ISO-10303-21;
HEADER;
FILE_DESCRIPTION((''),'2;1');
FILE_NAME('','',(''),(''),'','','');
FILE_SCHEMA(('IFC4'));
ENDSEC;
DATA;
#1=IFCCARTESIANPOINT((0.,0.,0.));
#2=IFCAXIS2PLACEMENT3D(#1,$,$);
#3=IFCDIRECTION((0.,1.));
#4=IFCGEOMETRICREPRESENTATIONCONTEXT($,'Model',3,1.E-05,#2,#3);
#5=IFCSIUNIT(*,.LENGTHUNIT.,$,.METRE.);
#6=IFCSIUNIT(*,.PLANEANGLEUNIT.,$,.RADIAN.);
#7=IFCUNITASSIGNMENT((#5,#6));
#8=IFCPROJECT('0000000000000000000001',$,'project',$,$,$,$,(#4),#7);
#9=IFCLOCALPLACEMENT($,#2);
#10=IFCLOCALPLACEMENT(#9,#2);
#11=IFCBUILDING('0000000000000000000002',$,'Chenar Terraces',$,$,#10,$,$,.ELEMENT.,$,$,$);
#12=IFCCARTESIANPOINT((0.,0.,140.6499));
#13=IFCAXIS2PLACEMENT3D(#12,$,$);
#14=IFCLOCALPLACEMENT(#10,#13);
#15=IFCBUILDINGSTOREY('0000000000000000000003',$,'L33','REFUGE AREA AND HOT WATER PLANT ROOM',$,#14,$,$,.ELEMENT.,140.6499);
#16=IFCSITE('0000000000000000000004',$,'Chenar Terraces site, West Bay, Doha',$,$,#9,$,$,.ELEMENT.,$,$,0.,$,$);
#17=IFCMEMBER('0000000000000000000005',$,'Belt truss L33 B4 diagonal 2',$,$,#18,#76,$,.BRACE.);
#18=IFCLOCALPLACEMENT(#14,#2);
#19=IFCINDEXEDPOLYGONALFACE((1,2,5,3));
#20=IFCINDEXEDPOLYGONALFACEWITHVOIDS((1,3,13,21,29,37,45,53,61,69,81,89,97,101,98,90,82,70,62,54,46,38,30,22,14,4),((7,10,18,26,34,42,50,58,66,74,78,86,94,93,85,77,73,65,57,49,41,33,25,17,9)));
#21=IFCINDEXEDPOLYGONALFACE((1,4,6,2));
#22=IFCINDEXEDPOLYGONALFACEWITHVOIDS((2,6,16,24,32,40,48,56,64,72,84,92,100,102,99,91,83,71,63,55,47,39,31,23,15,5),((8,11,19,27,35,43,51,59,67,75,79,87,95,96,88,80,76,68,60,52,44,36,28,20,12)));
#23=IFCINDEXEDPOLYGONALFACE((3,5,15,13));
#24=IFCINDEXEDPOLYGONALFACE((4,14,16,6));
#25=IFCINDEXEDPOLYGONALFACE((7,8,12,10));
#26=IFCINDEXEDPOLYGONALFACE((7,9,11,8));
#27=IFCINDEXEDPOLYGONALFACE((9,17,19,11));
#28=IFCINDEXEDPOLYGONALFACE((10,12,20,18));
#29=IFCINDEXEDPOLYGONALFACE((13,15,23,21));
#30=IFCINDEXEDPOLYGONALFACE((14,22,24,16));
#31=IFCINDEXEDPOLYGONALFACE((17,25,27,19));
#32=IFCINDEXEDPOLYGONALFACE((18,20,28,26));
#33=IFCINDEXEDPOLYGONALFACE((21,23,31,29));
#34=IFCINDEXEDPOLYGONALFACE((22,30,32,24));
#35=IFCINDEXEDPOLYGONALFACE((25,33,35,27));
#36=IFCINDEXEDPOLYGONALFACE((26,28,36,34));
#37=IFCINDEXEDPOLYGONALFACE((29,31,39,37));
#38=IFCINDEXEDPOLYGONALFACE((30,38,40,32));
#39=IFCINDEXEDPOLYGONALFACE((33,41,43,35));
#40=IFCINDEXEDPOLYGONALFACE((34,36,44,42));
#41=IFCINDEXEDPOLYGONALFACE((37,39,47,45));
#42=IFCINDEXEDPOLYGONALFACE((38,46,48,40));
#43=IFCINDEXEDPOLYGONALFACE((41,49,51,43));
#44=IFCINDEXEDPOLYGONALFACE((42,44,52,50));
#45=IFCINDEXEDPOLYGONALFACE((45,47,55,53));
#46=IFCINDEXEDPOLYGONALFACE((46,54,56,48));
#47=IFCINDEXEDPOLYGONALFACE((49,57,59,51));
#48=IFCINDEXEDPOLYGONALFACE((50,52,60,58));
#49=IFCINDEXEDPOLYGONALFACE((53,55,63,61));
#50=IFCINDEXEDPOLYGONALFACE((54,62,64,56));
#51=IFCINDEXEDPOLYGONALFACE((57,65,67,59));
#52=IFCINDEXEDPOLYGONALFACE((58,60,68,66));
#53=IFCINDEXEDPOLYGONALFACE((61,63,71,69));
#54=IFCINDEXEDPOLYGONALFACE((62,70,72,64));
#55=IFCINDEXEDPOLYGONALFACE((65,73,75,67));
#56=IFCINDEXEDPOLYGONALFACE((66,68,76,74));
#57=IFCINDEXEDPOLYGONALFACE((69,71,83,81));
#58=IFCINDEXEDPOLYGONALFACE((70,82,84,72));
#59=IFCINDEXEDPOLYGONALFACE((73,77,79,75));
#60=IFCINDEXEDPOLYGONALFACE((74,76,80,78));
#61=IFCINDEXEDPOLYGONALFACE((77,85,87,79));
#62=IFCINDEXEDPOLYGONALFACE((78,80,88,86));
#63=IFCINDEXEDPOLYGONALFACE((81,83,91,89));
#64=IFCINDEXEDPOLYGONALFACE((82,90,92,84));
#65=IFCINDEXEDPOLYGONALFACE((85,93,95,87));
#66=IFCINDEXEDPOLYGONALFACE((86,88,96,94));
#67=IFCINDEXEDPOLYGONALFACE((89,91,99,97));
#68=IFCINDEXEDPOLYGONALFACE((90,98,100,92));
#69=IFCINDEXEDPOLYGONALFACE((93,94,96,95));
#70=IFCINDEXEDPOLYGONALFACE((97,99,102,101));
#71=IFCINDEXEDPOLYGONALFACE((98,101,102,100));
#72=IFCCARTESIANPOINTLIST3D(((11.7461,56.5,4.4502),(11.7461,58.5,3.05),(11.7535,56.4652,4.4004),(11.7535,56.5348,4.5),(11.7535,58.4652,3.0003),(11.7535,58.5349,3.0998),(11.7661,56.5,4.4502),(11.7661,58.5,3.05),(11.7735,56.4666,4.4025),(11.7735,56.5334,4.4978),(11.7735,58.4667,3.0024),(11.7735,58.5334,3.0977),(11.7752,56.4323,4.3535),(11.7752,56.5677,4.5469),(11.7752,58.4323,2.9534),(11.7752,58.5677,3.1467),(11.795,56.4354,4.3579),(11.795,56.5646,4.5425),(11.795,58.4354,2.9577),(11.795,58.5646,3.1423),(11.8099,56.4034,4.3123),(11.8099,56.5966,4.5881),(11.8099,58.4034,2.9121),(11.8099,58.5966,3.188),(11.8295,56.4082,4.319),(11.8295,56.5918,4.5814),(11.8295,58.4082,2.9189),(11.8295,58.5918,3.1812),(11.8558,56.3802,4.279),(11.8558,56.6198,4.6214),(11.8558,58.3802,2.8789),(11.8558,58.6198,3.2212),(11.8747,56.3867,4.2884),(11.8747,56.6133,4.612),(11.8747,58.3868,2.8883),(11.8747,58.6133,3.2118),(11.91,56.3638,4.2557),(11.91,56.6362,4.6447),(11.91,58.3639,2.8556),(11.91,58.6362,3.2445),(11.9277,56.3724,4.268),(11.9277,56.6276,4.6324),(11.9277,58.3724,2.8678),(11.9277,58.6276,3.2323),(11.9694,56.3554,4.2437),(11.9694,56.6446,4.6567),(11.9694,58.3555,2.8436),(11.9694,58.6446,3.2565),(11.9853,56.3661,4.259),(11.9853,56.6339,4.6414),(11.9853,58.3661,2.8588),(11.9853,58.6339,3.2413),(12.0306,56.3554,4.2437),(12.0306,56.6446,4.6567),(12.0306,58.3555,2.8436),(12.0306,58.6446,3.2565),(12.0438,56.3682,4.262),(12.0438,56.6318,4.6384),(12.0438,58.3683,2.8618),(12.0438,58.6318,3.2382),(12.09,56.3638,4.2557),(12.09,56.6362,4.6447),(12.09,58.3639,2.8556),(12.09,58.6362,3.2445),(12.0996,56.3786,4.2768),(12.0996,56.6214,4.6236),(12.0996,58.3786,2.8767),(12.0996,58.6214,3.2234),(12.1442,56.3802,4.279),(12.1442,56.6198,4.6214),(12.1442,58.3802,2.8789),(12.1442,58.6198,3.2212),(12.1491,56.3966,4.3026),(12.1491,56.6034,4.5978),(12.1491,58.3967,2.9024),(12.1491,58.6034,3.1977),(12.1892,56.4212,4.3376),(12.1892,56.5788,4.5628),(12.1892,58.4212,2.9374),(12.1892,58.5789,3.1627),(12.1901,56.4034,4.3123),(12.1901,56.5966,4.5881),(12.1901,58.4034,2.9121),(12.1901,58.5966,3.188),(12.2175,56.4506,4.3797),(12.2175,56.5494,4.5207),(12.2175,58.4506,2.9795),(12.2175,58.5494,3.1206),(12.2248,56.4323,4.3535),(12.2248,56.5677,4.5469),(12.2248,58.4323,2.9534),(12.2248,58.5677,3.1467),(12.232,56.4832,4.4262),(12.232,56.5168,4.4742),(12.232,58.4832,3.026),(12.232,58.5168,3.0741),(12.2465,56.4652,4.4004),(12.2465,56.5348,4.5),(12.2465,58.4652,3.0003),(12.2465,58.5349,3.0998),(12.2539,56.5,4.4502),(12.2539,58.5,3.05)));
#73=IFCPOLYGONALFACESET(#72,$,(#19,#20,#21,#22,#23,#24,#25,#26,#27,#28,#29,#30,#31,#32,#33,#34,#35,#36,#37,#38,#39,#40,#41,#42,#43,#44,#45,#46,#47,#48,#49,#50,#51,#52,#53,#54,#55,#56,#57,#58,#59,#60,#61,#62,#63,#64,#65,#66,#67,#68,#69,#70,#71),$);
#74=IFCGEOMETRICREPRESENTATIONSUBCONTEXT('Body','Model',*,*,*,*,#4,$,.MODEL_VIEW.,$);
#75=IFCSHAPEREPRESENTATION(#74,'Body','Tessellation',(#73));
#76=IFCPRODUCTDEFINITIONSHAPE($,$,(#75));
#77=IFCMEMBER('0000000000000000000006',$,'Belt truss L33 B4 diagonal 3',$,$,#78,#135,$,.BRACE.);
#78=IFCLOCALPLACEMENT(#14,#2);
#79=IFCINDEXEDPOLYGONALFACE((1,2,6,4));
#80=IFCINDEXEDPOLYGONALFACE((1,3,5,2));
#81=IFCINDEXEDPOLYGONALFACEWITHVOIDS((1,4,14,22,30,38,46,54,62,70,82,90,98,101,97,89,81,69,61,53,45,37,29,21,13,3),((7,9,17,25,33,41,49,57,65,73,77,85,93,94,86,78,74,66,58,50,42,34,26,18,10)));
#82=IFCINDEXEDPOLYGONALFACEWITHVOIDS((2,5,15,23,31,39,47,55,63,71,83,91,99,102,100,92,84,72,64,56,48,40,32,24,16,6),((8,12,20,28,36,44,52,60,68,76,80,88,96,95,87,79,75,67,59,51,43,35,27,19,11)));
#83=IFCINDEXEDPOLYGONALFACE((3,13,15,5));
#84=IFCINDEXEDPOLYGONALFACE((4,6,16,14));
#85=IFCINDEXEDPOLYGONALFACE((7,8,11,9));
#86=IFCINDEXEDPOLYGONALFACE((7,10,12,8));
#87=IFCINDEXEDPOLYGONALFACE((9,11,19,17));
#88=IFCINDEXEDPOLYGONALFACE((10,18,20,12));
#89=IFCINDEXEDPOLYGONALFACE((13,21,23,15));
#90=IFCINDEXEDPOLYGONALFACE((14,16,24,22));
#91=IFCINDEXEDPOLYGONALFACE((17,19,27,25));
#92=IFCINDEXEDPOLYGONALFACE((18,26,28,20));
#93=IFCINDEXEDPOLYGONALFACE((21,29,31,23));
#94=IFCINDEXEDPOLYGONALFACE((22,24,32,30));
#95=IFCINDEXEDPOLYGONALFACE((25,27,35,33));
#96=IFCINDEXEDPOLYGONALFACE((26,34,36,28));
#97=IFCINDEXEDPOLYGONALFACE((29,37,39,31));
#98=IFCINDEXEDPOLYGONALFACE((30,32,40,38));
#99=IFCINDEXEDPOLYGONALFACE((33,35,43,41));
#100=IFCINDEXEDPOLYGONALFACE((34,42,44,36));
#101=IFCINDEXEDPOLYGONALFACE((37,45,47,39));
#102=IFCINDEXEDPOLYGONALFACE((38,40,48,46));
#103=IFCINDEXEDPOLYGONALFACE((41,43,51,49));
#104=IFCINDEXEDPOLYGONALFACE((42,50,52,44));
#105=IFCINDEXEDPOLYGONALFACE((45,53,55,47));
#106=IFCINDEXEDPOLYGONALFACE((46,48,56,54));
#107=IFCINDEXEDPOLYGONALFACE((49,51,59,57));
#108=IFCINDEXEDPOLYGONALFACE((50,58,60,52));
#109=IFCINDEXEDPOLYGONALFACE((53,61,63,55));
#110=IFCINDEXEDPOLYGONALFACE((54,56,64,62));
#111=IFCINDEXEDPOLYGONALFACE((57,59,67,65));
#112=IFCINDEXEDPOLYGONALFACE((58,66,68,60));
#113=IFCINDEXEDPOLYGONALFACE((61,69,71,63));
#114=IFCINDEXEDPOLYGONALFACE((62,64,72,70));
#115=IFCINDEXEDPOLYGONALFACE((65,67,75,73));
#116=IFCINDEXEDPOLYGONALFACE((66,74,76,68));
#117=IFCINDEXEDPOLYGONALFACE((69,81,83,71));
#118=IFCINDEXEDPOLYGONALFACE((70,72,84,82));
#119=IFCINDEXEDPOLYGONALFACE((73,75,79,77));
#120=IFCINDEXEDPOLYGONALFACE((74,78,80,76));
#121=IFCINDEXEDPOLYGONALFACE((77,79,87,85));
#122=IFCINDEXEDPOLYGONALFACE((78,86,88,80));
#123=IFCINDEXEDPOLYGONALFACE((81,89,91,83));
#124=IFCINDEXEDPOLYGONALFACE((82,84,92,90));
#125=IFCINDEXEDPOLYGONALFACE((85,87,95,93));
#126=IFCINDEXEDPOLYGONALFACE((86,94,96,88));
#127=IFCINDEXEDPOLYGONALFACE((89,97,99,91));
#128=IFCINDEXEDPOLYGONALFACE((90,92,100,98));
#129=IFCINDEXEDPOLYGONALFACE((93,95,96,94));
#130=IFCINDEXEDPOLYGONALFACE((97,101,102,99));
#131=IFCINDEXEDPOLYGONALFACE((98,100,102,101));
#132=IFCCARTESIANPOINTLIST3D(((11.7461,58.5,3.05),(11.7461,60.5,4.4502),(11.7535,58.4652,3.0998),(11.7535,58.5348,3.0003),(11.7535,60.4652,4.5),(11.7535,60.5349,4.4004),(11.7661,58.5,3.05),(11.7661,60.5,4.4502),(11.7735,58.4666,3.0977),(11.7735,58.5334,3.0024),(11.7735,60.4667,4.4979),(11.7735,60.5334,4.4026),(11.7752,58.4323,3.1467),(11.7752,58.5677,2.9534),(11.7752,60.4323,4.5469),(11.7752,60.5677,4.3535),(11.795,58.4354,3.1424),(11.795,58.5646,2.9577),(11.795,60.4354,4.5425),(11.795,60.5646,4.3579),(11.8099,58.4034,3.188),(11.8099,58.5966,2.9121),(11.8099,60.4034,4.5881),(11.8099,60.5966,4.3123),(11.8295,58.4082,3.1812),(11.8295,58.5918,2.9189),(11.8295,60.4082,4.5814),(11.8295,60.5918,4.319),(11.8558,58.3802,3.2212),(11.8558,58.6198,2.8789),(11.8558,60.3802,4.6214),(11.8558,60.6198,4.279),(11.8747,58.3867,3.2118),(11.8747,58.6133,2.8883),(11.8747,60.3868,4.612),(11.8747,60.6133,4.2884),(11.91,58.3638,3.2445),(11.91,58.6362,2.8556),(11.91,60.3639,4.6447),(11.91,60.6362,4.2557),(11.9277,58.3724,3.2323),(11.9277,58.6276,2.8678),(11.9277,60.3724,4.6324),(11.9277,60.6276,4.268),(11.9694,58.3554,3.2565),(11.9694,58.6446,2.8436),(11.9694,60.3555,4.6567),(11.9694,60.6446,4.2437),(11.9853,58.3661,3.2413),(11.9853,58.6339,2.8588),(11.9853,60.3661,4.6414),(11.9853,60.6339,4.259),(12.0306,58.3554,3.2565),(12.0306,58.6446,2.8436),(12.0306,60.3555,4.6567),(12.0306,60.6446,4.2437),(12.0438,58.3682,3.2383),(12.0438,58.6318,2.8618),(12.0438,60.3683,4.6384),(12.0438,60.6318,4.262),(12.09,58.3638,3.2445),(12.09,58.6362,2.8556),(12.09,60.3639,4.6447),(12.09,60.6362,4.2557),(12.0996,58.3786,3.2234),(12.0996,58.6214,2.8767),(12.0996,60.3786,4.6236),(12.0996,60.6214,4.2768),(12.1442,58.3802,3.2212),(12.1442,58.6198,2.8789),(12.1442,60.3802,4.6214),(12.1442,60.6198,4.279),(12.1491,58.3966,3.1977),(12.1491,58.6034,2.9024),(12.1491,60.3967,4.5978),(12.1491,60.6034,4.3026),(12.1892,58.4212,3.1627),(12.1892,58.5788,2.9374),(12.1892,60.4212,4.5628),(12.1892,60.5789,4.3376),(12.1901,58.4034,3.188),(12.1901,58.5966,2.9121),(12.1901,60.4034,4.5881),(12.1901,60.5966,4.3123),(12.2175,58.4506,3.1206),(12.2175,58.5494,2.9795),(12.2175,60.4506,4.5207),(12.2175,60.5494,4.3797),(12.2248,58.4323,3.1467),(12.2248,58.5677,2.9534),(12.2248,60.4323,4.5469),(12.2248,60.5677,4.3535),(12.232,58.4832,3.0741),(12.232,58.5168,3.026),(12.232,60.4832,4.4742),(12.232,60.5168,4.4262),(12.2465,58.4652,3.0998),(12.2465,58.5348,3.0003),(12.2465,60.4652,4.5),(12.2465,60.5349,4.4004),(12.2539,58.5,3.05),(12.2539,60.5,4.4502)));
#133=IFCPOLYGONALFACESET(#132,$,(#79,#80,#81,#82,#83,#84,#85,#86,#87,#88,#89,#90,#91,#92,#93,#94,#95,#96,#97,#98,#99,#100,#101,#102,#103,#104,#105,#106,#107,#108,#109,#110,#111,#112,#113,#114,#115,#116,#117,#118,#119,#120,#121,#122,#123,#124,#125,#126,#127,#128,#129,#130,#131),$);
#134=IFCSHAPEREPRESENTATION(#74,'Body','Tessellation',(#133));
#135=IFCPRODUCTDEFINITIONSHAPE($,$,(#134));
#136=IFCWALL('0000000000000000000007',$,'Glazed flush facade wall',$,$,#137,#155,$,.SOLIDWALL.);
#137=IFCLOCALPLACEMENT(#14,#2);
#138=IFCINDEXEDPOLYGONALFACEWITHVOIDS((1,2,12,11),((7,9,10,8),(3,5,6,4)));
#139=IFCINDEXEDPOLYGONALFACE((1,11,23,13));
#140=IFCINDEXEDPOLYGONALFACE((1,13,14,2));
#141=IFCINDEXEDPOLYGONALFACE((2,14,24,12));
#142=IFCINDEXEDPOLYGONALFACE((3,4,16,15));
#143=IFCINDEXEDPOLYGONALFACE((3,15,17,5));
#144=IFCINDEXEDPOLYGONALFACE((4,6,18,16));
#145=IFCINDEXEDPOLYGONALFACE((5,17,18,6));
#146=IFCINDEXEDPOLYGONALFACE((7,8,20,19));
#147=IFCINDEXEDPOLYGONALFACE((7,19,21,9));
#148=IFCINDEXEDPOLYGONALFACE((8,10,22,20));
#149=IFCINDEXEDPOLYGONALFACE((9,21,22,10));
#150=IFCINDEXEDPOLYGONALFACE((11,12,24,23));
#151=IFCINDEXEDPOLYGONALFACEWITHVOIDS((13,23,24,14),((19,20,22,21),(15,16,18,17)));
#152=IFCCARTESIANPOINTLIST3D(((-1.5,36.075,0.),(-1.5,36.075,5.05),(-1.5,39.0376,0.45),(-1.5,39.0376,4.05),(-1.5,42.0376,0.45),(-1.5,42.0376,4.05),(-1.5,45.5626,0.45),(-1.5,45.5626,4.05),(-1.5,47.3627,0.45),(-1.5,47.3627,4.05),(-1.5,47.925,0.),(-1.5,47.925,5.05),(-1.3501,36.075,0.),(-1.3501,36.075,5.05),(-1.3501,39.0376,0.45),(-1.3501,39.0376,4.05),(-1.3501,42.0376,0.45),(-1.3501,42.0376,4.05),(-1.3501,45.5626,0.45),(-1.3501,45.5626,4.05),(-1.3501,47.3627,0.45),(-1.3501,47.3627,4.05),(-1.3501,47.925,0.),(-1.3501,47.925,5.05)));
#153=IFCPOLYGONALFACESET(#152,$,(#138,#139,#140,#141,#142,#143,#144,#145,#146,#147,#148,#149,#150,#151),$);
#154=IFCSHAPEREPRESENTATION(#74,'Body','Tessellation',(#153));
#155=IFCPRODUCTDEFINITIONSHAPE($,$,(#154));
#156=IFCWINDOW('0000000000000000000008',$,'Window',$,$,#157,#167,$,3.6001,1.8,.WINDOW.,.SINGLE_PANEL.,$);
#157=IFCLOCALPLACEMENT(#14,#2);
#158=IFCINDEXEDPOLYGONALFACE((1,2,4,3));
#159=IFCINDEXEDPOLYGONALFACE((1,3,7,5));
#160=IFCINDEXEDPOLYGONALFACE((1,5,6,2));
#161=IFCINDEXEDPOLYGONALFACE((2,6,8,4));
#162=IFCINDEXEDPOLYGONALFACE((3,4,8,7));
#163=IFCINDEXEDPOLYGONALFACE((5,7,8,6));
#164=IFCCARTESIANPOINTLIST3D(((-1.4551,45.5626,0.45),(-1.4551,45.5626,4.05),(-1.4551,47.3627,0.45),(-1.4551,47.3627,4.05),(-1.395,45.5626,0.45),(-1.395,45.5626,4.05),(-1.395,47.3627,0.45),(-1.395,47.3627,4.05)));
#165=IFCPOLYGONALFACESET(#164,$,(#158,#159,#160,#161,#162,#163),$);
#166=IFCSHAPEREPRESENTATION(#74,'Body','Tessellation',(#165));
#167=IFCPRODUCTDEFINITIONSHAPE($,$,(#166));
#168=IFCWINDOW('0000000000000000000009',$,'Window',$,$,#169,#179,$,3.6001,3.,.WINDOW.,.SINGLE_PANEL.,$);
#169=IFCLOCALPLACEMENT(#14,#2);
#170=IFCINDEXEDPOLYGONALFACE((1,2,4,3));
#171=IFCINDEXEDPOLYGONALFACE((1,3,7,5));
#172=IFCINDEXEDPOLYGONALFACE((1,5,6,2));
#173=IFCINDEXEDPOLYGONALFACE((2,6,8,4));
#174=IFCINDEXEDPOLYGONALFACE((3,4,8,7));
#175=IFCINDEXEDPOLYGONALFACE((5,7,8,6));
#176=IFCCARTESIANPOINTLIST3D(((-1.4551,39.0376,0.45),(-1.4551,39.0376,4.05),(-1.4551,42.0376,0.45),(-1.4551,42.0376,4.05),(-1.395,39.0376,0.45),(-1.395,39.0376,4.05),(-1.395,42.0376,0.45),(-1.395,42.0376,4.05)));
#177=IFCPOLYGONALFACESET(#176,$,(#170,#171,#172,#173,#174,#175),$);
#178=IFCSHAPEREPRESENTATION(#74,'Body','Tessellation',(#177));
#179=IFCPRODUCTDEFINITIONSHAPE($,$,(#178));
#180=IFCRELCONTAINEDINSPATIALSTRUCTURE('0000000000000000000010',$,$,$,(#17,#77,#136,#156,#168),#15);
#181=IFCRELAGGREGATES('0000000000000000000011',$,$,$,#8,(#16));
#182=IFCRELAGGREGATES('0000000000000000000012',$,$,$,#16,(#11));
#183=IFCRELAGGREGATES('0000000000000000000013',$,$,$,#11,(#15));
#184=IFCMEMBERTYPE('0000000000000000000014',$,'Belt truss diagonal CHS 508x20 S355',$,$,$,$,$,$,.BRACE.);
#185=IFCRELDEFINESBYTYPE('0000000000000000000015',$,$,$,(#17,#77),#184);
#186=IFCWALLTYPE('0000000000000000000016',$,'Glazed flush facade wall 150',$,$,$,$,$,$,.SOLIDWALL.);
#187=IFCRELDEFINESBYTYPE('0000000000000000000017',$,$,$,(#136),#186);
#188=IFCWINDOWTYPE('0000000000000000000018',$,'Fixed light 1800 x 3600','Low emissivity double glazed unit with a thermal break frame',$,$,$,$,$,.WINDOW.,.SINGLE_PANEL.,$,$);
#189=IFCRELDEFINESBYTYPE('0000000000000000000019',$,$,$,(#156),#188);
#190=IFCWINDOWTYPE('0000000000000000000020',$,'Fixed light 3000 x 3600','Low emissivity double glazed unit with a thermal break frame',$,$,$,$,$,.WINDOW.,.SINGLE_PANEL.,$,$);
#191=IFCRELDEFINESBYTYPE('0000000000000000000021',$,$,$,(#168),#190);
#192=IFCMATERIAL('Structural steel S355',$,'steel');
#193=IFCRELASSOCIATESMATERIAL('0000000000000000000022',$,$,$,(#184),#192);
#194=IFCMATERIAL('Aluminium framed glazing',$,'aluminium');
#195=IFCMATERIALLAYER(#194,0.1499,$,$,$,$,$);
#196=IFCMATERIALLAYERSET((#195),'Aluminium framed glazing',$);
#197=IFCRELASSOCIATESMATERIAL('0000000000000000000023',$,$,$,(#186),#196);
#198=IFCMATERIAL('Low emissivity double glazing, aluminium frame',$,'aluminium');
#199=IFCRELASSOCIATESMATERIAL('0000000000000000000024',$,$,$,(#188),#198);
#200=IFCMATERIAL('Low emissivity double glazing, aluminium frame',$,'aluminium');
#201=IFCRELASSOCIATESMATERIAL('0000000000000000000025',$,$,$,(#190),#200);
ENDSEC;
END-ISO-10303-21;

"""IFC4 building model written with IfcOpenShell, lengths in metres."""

from ifc_helpers import new_model, si_unit, direction, frame, frame_2d, origin, origin_2d, place, context, subcontext, project, spatial, rectangle, hollow_circle, extrude, material, layer, layer_set, material_profile, profile_set, type_object, element, fill, save


model = new_model("IFC4")

# Units and contexts
model_context = context("Model", 3, precision=1e-05, world=origin(), true_north=direction((0.0, 1.0)))
body_context = subcontext(model_context, "Body", "Model", "MODEL_VIEW")
ifc_project = project(units=[si_unit("LENGTHUNIT", "METRE"), si_unit("PLANEANGLEUNIT", "RADIAN")], contexts=[model_context])

# Site, building, storey
site_placement = place(None, origin())
site = spatial("IfcSite", under=ifc_project, at=site_placement, Name="Chenar Terraces site, West Bay, Doha", CompositionType="ELEMENT", RefElevation=0.0)
building_placement = place(site_placement, origin())
building = spatial("IfcBuilding", under=site, at=building_placement, Name="Chenar Terraces", CompositionType="ELEMENT")
storey_placement = place(building_placement, frame((0.0, 0.0, 140.6499)))
storey = spatial("IfcBuildingStorey", under=building, at=storey_placement, Name="L33", Description="REFUGE AREA AND HOT WATER PLANT ROOM", CompositionType="ELEMENT", Elevation=140.6499)

# Members
ifc_material_1 = material(Name="Structural steel S355", Category="steel")
ifc_material_profile_1 = material_profile(ifc_material_1, hollow_circle(Radius=0.2539, WallThickness=0.02, at=origin_2d()), Name="CHS 508x20")
ifc_profile_set_1 = profile_set([ifc_material_profile_1], Name="Structural steel S355")
member_type = type_object("IfcMemberType", Name="Belt truss diagonal CHS 508x20 S355", PredefinedType="BRACE", material=ifc_profile_set_1)
for number, where, z_axis, x_axis, name in (
    (1, (12.0, 56.5, 4.4502), (0.0, 0.819204, -0.573503), (-1.0, 0.0, 0.0), "Belt truss L33 B4 diagonal 2"),
    (2, (12.0, 58.5, 3.05), (0.0, 0.819204, 0.573503), (-1.0, 0.0, 0.0), "Belt truss L33 B4 diagonal 3"),
):
    element("IfcMember", number, at=place(storey_placement, frame(where, z_axis=z_axis, x_axis=x_axis)), inside=storey, type_object=member_type, Name=name, PredefinedType="BRACE", context=body_context, shape_type="SweptSolid", body=[
        extrude(hollow_circle(Radius=0.2539, WallThickness=0.02, at=origin_2d()), origin(), (0.0, 0.0, 1.0), 2.4414),
    ])

# Wall, openings, windows
ifc_material_2 = material(Name="Aluminium framed glazing", Category="aluminium")
ifc_layer_1 = layer(ifc_material_2, 0.1499)
ifc_layer_set_1 = layer_set([ifc_layer_1], Name="Aluminium framed glazing")
wall_type_1 = type_object("IfcWallType", Name="Glazed flush facade wall 150", PredefinedType="SOLIDWALL", material=ifc_layer_set_1)
wall_1_placement = place(storey_placement, frame((-1.425, 47.925, 0.0), z_axis=(0.0, 0.0, 1.0), x_axis=(0.0, -1.0, 0.0)))
wall_1 = element("IfcWall", 3, at=wall_1_placement, inside=storey, type_object=wall_type_1, Name="Glazed flush facade wall", PredefinedType="SOLIDWALL", context=body_context, shape_type="SweptSolid", body=[
    extrude(rectangle(XDim=11.8501, YDim=0.1499, at=frame_2d((5.925, 0.0))), origin(), (0.0, 0.0, 1.0), 5.05),
])
opening_1_placement = place(wall_1_placement, frame((0.5625, 0.0, 0.45)))
opening_1 = element("IfcOpeningElement", 4, at=opening_1_placement, cuts=wall_1, PredefinedType="OPENING", context=body_context, shape_type="SweptSolid", body=[
    extrude(rectangle(XDim=1.8, YDim=3.6001, at=frame_2d((0.8999, 1.8))), frame((0.0, 0.085, 0.0), z_axis=(0.0, -1.0, 0.0), x_axis=(1.0, 0.0, 0.0)), (0.0, 0.0, 1.0), 0.1699),
])
opening_2_placement = place(wall_1_placement, frame((5.8875, 0.0, 0.45)))
opening_2 = element("IfcOpeningElement", 5, at=opening_2_placement, cuts=wall_1, PredefinedType="OPENING", context=body_context, shape_type="SweptSolid", body=[
    extrude(rectangle(XDim=3.0, YDim=3.6001, at=frame_2d((1.5, 1.8))), frame((0.0, 0.085, 0.0), z_axis=(0.0, -1.0, 0.0), x_axis=(1.0, 0.0, 0.0)), (0.0, 0.0, 1.0), 0.1699),
])
ifc_material_3 = material(Name="Low emissivity double glazing, aluminium frame", Category="aluminium")
window_type_1 = type_object("IfcWindowType", Name="Fixed light 1800 x 3600", Description="Low emissivity double glazed unit with a thermal break frame", PartitioningType="SINGLE_PANEL", PredefinedType="WINDOW", material=ifc_material_3)
window_1_placement = place(opening_1_placement, origin())
window_1 = element("IfcWindow", 6, at=window_1_placement, inside=storey, type_object=window_type_1, Name="Window", OverallHeight=3.6001, OverallWidth=1.8, PartitioningType="SINGLE_PANEL", PredefinedType="WINDOW", context=body_context, shape_type="SweptSolid", body=[
    extrude(rectangle(XDim=1.8, YDim=3.6001, at=frame_2d((0.8999, 1.8))), frame((0.0, 0.03, 0.0), z_axis=(0.0, -1.0, 0.0), x_axis=(1.0, 0.0, 0.0)), (0.0, 0.0, 1.0), 0.0601),
])
fill(opening_1, window_1)
ifc_material_4 = material(Name="Low emissivity double glazing, aluminium frame", Category="aluminium")
window_type_2 = type_object("IfcWindowType", Name="Fixed light 3000 x 3600", Description="Low emissivity double glazed unit with a thermal break frame", PartitioningType="SINGLE_PANEL", PredefinedType="WINDOW", material=ifc_material_4)
window_2_placement = place(opening_2_placement, origin())
window_2 = element("IfcWindow", 7, at=window_2_placement, inside=storey, type_object=window_type_2, Name="Window", OverallHeight=3.6001, OverallWidth=3.0, PartitioningType="SINGLE_PANEL", PredefinedType="WINDOW", context=body_context, shape_type="SweptSolid", body=[
    extrude(rectangle(XDim=3.0, YDim=3.6001, at=frame_2d((1.5, 1.8))), frame((0.0, 0.03, 0.0), z_axis=(0.0, -1.0, 0.0), x_axis=(1.0, 0.0, 0.0)), (0.0, 0.0, 1.0), 0.0601),
])
fill(opening_2, window_2)

save(model, "model.ifc")
